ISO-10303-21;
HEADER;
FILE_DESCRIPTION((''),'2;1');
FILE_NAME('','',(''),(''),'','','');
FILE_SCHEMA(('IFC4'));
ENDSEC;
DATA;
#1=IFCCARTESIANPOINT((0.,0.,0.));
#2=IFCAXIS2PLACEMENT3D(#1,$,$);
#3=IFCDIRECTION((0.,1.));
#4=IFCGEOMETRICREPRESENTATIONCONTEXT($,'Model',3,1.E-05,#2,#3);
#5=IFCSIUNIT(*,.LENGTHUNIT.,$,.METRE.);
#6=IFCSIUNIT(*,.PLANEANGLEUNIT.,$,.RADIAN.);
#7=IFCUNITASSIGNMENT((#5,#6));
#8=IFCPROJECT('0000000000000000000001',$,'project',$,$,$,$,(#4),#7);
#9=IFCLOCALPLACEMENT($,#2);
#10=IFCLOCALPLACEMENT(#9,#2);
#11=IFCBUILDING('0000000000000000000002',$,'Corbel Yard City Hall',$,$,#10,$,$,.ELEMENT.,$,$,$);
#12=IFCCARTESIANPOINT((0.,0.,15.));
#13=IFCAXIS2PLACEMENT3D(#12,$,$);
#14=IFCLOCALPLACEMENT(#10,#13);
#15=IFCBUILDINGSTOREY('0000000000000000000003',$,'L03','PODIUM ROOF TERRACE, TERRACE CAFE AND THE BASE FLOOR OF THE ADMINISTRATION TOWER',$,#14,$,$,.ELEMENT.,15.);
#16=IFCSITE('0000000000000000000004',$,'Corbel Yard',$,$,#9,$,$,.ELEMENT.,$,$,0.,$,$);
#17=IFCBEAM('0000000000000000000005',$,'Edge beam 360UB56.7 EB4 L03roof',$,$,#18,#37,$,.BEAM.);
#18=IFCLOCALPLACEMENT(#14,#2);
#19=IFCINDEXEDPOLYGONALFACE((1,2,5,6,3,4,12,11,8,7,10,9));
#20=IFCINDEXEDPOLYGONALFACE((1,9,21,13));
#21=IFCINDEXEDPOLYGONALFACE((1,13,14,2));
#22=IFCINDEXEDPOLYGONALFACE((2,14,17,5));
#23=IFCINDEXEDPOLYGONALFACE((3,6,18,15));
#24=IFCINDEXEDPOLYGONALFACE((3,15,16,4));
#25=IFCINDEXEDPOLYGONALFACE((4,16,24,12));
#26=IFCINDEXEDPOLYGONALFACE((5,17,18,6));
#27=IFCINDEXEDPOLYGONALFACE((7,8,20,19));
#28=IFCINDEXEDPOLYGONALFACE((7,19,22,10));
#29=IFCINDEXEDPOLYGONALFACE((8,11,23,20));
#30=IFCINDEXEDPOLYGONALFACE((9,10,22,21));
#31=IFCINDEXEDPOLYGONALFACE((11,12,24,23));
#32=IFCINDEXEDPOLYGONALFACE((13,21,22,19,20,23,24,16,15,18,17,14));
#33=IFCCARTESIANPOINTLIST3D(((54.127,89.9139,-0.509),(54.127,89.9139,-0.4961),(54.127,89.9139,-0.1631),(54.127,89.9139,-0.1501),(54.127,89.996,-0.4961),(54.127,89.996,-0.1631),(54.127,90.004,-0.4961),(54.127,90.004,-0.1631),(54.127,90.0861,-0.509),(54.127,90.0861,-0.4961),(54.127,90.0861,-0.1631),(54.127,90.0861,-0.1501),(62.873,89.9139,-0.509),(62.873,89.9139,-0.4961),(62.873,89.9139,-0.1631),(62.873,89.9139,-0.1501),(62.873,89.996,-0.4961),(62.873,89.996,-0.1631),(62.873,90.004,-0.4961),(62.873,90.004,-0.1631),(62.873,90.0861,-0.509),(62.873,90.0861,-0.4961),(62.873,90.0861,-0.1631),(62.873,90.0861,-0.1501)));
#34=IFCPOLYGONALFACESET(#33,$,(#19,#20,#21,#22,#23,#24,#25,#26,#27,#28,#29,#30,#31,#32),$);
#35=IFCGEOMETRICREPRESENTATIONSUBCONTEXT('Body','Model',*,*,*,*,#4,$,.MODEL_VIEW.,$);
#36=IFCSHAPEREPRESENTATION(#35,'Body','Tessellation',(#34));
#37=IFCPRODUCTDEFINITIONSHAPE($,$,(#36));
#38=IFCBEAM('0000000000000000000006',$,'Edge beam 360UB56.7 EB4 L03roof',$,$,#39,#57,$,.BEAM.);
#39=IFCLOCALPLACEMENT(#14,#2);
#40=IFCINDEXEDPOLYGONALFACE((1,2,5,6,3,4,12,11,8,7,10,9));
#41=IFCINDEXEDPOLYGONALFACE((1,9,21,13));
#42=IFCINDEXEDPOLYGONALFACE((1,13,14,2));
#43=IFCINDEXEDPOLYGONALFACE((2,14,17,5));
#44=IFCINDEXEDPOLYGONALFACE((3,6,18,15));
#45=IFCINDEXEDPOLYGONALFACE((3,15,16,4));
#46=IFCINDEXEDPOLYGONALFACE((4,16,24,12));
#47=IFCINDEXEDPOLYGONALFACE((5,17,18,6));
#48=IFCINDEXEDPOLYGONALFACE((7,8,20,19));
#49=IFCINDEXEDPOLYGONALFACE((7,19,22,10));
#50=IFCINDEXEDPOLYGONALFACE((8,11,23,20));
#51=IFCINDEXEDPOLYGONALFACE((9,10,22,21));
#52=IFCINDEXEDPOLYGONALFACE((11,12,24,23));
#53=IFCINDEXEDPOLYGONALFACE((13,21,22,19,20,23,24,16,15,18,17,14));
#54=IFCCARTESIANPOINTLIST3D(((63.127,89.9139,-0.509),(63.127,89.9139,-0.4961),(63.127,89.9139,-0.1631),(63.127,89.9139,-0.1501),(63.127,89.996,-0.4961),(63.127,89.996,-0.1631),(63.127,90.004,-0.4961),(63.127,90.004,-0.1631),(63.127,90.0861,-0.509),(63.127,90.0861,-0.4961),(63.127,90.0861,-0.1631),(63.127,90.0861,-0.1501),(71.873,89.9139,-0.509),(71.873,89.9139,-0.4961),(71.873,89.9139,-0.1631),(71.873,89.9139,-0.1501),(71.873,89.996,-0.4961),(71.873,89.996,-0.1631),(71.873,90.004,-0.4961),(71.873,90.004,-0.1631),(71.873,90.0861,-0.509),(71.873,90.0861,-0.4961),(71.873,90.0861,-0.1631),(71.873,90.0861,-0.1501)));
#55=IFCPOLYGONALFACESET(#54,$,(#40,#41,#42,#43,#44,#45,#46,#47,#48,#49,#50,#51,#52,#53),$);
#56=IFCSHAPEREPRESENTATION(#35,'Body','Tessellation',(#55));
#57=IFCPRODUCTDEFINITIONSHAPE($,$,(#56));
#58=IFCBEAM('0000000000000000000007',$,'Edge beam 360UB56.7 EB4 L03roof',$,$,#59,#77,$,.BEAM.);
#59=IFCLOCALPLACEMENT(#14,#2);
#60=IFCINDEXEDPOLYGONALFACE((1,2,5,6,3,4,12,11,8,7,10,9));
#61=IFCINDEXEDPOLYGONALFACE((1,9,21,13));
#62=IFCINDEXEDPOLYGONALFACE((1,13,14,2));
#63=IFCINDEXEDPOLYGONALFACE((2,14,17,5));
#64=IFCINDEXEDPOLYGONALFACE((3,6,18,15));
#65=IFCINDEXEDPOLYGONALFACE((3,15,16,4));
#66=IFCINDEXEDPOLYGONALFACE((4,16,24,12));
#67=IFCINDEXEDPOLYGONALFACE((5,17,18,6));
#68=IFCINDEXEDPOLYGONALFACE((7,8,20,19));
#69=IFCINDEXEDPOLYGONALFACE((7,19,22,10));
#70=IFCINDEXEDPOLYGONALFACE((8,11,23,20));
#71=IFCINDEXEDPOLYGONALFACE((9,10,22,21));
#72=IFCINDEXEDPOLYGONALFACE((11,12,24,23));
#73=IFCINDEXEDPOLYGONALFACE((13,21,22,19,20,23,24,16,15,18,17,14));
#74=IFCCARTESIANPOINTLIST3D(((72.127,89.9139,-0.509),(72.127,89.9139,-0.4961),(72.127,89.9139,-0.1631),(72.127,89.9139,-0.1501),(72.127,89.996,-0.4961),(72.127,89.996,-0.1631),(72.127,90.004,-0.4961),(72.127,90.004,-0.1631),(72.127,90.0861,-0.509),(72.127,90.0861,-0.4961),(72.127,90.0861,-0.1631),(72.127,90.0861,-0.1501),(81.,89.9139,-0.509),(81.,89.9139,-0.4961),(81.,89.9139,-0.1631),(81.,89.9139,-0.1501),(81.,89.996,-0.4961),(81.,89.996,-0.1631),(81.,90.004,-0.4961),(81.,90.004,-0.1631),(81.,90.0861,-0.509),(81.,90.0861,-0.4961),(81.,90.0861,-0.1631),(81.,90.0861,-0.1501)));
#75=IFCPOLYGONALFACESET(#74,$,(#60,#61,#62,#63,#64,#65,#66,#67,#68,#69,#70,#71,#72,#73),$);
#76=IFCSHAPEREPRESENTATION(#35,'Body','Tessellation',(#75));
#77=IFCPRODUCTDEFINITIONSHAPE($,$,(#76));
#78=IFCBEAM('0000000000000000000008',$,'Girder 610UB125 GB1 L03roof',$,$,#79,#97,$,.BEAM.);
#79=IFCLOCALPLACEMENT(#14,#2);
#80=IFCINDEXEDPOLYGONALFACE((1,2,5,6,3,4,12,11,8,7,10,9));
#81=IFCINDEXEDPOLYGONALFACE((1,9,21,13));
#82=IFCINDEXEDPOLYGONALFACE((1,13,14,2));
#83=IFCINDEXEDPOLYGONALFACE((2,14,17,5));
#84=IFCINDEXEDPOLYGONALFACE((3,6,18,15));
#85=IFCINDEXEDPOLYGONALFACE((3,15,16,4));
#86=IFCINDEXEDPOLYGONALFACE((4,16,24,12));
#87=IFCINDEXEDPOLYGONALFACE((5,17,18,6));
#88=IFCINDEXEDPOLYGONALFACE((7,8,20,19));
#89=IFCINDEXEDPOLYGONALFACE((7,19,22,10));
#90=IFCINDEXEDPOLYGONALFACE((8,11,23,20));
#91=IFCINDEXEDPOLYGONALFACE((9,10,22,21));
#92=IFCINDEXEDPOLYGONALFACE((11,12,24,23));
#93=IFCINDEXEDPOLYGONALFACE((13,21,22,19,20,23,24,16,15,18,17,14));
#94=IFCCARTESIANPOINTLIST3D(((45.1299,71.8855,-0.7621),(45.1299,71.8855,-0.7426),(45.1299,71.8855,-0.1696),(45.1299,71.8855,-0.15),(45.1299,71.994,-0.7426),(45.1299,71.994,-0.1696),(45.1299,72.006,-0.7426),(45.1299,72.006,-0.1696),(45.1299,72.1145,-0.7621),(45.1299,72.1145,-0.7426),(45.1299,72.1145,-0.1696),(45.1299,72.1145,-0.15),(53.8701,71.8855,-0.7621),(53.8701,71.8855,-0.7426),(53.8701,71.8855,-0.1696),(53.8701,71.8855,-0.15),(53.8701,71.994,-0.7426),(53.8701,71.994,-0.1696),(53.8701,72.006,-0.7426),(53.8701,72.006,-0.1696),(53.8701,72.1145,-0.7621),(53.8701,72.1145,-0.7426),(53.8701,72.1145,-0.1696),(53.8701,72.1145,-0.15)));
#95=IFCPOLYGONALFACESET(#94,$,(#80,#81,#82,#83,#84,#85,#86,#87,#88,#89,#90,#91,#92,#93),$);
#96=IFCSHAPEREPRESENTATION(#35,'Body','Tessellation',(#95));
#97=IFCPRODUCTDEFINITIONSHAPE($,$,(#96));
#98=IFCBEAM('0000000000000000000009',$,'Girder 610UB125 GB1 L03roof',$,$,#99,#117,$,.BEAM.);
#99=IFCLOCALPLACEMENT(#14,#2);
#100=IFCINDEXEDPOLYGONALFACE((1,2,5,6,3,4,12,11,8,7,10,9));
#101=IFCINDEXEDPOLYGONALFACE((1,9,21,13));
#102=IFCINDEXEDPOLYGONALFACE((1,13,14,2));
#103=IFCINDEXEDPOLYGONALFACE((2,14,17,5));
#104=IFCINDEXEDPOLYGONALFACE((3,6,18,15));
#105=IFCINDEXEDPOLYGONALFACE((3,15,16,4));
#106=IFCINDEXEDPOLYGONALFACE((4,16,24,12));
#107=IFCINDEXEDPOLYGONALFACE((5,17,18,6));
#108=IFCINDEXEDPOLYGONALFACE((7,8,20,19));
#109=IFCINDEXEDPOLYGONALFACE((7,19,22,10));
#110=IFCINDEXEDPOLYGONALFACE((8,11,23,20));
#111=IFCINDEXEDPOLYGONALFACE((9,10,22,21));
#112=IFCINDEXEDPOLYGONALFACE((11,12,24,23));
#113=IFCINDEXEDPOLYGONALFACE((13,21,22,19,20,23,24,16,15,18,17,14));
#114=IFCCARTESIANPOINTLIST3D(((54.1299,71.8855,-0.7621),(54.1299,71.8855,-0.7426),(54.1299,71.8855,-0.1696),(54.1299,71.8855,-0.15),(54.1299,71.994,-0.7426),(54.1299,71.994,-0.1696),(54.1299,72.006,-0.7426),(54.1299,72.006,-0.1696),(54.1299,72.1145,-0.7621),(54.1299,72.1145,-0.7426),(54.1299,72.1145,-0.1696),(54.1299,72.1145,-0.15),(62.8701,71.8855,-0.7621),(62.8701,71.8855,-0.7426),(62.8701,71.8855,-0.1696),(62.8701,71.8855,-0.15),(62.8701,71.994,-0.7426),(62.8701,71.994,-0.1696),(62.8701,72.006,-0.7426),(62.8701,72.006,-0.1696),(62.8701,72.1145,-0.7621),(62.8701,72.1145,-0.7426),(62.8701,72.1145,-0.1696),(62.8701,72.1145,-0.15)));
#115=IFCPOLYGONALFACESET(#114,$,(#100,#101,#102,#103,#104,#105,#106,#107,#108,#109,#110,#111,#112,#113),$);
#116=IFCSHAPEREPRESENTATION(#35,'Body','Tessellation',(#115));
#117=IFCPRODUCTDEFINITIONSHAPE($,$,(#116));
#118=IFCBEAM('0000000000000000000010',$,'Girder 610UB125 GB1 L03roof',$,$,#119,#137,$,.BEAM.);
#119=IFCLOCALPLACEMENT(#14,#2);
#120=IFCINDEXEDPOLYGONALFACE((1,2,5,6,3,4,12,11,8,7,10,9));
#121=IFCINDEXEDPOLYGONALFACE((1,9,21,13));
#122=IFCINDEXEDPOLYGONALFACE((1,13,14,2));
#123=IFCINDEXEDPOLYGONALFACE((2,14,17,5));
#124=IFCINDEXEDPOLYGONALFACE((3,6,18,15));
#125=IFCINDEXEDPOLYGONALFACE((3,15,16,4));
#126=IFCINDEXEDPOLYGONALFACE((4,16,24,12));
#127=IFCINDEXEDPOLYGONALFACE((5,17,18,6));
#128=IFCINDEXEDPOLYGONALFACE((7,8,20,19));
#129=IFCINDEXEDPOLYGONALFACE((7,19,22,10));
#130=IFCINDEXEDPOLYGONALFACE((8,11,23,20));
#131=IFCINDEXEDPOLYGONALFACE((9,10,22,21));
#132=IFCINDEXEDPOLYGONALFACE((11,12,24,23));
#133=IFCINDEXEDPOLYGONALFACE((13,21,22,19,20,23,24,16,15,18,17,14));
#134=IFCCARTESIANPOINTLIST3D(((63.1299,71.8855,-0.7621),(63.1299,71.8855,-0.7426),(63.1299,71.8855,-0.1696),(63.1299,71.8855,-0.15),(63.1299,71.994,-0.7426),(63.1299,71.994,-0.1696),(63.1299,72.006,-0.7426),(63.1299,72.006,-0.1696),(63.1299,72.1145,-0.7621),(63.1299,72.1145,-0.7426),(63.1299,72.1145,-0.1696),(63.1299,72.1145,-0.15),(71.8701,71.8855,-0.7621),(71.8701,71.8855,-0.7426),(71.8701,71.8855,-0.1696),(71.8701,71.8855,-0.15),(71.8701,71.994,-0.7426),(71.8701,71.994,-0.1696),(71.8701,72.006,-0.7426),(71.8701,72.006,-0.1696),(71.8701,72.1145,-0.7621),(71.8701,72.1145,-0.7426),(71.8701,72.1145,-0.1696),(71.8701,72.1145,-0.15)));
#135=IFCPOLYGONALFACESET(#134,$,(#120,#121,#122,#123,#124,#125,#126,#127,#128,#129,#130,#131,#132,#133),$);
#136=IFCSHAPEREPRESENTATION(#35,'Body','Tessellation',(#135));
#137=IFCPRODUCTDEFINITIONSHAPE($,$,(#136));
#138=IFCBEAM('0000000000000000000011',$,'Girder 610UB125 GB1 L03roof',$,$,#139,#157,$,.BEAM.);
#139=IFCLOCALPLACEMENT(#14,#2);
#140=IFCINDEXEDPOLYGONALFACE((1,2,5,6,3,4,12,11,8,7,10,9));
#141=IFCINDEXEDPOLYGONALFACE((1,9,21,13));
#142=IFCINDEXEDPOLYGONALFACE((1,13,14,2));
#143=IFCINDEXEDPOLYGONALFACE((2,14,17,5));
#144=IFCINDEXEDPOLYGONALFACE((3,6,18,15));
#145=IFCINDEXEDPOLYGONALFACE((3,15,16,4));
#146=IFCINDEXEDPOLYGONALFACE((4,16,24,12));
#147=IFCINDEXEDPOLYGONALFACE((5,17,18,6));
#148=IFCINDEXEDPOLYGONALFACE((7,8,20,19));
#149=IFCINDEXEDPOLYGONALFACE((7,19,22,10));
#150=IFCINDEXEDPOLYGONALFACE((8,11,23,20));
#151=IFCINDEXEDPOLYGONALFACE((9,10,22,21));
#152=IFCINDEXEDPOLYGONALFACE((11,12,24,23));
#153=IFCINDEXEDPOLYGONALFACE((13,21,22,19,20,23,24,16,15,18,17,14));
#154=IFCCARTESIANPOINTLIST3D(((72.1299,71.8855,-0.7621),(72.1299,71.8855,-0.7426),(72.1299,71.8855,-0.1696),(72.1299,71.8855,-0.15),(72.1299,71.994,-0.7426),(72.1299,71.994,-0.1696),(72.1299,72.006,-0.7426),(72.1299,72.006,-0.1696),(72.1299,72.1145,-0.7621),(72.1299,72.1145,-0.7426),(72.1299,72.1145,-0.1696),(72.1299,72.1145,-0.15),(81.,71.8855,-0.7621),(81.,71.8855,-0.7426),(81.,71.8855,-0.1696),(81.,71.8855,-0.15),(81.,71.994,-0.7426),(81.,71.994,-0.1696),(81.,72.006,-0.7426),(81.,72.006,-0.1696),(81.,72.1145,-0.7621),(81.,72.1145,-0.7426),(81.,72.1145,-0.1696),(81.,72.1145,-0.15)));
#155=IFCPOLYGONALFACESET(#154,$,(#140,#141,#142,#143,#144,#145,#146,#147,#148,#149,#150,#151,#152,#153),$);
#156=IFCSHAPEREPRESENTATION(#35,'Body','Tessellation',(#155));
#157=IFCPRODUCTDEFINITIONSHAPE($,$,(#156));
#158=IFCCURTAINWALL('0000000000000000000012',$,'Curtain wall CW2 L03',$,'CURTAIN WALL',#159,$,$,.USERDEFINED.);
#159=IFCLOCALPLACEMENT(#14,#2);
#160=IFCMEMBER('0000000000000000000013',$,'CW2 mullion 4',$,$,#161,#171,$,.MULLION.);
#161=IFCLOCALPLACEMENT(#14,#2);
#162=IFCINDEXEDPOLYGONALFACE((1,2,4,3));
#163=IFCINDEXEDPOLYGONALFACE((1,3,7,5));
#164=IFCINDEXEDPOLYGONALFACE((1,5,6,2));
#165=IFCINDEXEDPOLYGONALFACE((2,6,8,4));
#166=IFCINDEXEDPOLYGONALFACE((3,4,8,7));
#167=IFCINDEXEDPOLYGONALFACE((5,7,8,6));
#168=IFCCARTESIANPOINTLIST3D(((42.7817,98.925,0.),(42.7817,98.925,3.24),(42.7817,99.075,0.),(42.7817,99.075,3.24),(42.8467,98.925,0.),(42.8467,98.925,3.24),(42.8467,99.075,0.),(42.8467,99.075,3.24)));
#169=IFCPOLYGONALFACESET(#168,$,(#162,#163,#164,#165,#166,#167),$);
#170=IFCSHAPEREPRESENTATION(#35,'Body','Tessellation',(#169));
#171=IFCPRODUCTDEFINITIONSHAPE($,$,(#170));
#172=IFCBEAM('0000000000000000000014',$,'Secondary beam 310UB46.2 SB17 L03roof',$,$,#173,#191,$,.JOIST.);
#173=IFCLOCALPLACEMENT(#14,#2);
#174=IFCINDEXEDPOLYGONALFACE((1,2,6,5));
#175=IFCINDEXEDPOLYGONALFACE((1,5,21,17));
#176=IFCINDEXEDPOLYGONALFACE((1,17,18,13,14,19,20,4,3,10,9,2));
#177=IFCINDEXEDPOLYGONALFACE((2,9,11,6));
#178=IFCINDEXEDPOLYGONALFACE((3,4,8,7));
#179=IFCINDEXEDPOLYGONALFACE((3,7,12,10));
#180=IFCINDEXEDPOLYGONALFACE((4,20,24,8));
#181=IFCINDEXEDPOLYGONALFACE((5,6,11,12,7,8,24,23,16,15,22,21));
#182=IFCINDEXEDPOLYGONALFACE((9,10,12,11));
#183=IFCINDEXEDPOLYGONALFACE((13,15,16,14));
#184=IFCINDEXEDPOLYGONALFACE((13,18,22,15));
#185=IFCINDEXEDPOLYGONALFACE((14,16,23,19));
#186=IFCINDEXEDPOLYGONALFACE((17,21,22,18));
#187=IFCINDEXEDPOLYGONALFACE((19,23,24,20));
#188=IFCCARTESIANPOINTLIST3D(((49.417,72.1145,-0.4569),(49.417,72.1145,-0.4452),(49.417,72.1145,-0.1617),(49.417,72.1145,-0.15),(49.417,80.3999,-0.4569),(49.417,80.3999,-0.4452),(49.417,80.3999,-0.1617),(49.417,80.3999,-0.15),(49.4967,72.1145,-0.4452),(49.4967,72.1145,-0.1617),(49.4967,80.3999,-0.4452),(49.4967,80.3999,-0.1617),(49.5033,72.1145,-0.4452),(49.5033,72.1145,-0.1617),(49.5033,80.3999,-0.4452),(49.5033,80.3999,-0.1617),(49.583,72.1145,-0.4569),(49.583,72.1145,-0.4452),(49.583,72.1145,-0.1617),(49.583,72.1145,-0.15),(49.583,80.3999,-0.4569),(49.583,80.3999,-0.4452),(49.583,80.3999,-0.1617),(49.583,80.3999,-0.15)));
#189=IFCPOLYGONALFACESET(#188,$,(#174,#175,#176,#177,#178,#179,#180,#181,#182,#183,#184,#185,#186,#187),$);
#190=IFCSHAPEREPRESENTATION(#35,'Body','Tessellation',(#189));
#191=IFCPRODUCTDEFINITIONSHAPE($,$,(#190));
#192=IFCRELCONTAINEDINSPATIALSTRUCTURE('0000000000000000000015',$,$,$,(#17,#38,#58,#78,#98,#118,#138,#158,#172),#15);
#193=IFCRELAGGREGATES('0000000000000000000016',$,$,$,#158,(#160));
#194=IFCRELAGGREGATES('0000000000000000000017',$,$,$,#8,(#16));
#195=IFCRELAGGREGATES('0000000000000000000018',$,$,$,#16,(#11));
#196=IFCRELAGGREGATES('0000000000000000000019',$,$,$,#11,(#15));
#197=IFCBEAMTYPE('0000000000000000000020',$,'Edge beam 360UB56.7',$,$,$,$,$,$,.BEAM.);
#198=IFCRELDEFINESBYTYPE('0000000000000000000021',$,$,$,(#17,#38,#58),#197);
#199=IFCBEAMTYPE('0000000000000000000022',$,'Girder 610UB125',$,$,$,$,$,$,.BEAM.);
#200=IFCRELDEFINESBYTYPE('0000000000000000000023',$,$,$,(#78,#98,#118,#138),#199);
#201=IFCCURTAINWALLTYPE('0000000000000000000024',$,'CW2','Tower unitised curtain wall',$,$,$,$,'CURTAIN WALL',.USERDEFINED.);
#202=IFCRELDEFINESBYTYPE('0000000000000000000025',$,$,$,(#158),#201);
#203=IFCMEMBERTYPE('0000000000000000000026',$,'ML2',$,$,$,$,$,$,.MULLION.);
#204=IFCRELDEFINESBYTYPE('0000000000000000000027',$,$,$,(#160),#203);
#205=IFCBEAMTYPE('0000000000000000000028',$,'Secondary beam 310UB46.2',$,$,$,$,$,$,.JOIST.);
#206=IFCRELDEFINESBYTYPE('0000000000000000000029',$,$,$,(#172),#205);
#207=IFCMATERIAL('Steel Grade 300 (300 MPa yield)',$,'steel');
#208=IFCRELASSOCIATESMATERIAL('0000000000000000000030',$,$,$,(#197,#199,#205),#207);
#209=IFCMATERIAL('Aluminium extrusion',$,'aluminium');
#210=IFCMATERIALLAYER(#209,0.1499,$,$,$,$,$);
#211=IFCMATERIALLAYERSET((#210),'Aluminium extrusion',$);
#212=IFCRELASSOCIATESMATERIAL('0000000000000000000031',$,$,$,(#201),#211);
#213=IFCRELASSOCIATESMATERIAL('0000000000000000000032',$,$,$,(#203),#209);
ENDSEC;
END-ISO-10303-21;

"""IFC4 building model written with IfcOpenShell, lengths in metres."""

from ifc_helpers import new_model, si_unit, direction, frame, origin, origin_2d, place, context, subcontext, project, spatial, rectangle, i_section, extrude, material, layer, layer_set, material_profile, profile_set, type_object, element, aggregate, save


model = new_model("IFC4")

# Units and contexts
model_context = context("Model", 3, precision=1e-05, world=origin(), true_north=direction((0.0, 1.0)))
body_context = subcontext(model_context, "Body", "Model", "MODEL_VIEW")
ifc_project = project(units=[si_unit("LENGTHUNIT", "METRE"), si_unit("PLANEANGLEUNIT", "RADIAN")], contexts=[model_context])

# Site, building, storey
site_placement = place(None, origin())
site = spatial("IfcSite", under=ifc_project, at=site_placement, Name="Corbel Yard", CompositionType="ELEMENT", RefElevation=0.0)
building_placement = place(site_placement, origin())
building = spatial("IfcBuilding", under=site, at=building_placement, Name="Corbel Yard City Hall", CompositionType="ELEMENT")
storey_placement = place(building_placement, frame((0.0, 0.0, 15.0)))
storey = spatial("IfcBuildingStorey", under=building, at=storey_placement, Name="L03", Description="PODIUM ROOF TERRACE, TERRACE CAFE AND THE BASE FLOOR OF THE ADMINISTRATION TOWER", CompositionType="ELEMENT", Elevation=15.0)

# Beams
ifc_material_1 = material(Name="Steel Grade 300 (300 MPa yield)", Category="steel")
ifc_material_profile_1 = material_profile(ifc_material_1, i_section(OverallWidth=0.1721, OverallDepth=0.3589, WebThickness=0.0081, FlangeThickness=0.0129, at=origin_2d()), Name="360UB56.7")
ifc_profile_set_1 = profile_set([ifc_material_profile_1], Name="Steel Grade 300 (300 MPa yield)")
beam_type_1 = type_object("IfcBeamType", Name="Edge beam 360UB56.7", PredefinedType="BEAM", material=ifc_profile_set_1)
for number, where, z_axis, x_axis, name in (
    (1, (54.127, 90.0, -0.3296), (1.0, 0.0, 0.0), (0.0, 1.0, 0.0), "Edge beam 360UB56.7 EB4 L03roof"),
    (2, (63.127, 90.0, -0.3296), (1.0, 0.0, 0.0), (0.0, 1.0, 0.0), "Edge beam 360UB56.7 EB4 L03roof"),
):
    element("IfcBeam", number, at=place(storey_placement, frame(where, z_axis=z_axis, x_axis=x_axis)), inside=storey, type_object=beam_type_1, Name=name, PredefinedType="BEAM", context=body_context, shape_type="SweptSolid", body=[
        extrude(i_section(OverallWidth=0.1721, OverallDepth=0.3589, WebThickness=0.0081, FlangeThickness=0.0129, at=origin_2d()), origin(), (0.0, 0.0, 1.0), 8.7461),
    ])
beam_1_placement = place(storey_placement, frame((72.127, 90.0, -0.3296), z_axis=(1.0, 0.0, 0.0), x_axis=(0.0, 1.0, 0.0)))
element("IfcBeam", 3, at=beam_1_placement, inside=storey, type_object=beam_type_1, Name="Edge beam 360UB56.7 EB4 L03roof", PredefinedType="BEAM", context=body_context, shape_type="SweptSolid", body=[
    extrude(i_section(OverallWidth=0.1721, OverallDepth=0.3589, WebThickness=0.0081, FlangeThickness=0.0129, at=origin_2d()), origin(), (0.0, 0.0, 1.0), 8.873),
])
ifc_material_profile_2 = material_profile(ifc_material_1, i_section(OverallWidth=0.229, OverallDepth=0.6121, WebThickness=0.012, FlangeThickness=0.0195, at=origin_2d()), Name="610UB125")
ifc_profile_set_2 = profile_set([ifc_material_profile_2], Name="Steel Grade 300 (300 MPa yield)")
beam_type_2 = type_object("IfcBeamType", Name="Girder 610UB125", PredefinedType="BEAM", material=ifc_profile_set_2)
for number, where, z_axis, x_axis, name in (
    (4, (45.1299, 72.0, -0.4561), (1.0, 0.0, 0.0), (0.0, 1.0, 0.0), "Girder 610UB125 GB1 L03roof"),
    (5, (54.1299, 72.0, -0.4561), (1.0, 0.0, 0.0), (0.0, 1.0, 0.0), "Girder 610UB125 GB1 L03roof"),
    (6, (63.1299, 72.0, -0.4561), (1.0, 0.0, 0.0), (0.0, 1.0, 0.0), "Girder 610UB125 GB1 L03roof"),
):
    element("IfcBeam", number, at=place(storey_placement, frame(where, z_axis=z_axis, x_axis=x_axis)), inside=storey, type_object=beam_type_2, Name=name, PredefinedType="BEAM", context=body_context, shape_type="SweptSolid", body=[
        extrude(i_section(OverallWidth=0.229, OverallDepth=0.6121, WebThickness=0.012, FlangeThickness=0.0195, at=origin_2d()), origin(), (0.0, 0.0, 1.0), 8.7402),
    ])
beam_2_placement = place(storey_placement, frame((72.1299, 72.0, -0.4561), z_axis=(1.0, 0.0, 0.0), x_axis=(0.0, 1.0, 0.0)))
element("IfcBeam", 7, at=beam_2_placement, inside=storey, type_object=beam_type_2, Name="Girder 610UB125 GB1 L03roof", PredefinedType="BEAM", context=body_context, shape_type="SweptSolid", body=[
    extrude(i_section(OverallWidth=0.229, OverallDepth=0.6121, WebThickness=0.012, FlangeThickness=0.0195, at=origin_2d()), origin(), (0.0, 0.0, 1.0), 8.8701),
])

# Curtain wall, member
ifc_material_2 = material(Name="Aluminium extrusion", Category="aluminium")
ifc_layer_1 = layer(ifc_material_2, 0.1499)
ifc_layer_set_1 = layer_set([ifc_layer_1], Name="Aluminium extrusion")
curtain_wall_type = type_object("IfcCurtainWallType", Name="CW2", Description="Tower unitised curtain wall", ElementType="CURTAIN WALL", PredefinedType="USERDEFINED", material=ifc_layer_set_1)
curtain_wall_placement = place(storey_placement, origin())
curtain_wall = element("IfcCurtainWall", 8, at=curtain_wall_placement, inside=storey, type_object=curtain_wall_type, Name="Curtain wall CW2 L03", ObjectType="CURTAIN WALL", PredefinedType="USERDEFINED")
ifc_material_profile_3 = material_profile(ifc_material_2, rectangle(XDim=0.1499, YDim=0.0649, at=origin_2d()), Name="150x65")
ifc_profile_set_3 = profile_set([ifc_material_profile_3], Name="Aluminium extrusion")
member_type_1 = type_object("IfcMemberType", Name="ML2", PredefinedType="MULLION", material=ifc_profile_set_3)
member_1_placement = place(storey_placement, frame((42.8142, 99.0, 0.0), z_axis=(0.0, 0.0, 1.0), x_axis=(0.0, 1.0, 0.0)))
member_1 = element("IfcMember", 9, at=member_1_placement, type_object=member_type_1, Name="CW2 mullion 4", PredefinedType="MULLION", context=body_context, shape_type="SweptSolid", body=[
    extrude(rectangle(XDim=0.1499, YDim=0.0649, at=origin_2d()), origin(), (0.0, 0.0, 1.0), 3.24),
])

# Beam
ifc_material_profile_4 = material_profile(ifc_material_1, i_section(OverallWidth=0.166, OverallDepth=0.3069, WebThickness=0.0066, FlangeThickness=0.0117, at=origin_2d()), Name="310UB46.2")
ifc_profile_set_4 = profile_set([ifc_material_profile_4], Name="Steel Grade 300 (300 MPa yield)")
beam_type_3 = type_object("IfcBeamType", Name="Secondary beam 310UB46.2", PredefinedType="JOIST", material=ifc_profile_set_4)
for number, where, z_axis, x_axis, name in (
    (10, (49.5, 72.1145, -0.3035), (0.0, 1.0, 0.0), (-1.0, 0.0, 0.0), "Secondary beam 310UB46.2 SB17 L03roof"),
):
    element("IfcBeam", number, at=place(storey_placement, frame(where, z_axis=z_axis, x_axis=x_axis)), inside=storey, type_object=beam_type_3, Name=name, PredefinedType="JOIST", context=body_context, shape_type="SweptSolid", body=[
        extrude(i_section(OverallWidth=0.166, OverallDepth=0.3069, WebThickness=0.0066, FlangeThickness=0.0117, at=origin_2d()), origin(), (0.0, 0.0, 1.0), 8.2854),
    ])

aggregate(curtain_wall, [member_1])

save(model, "model.ifc")
